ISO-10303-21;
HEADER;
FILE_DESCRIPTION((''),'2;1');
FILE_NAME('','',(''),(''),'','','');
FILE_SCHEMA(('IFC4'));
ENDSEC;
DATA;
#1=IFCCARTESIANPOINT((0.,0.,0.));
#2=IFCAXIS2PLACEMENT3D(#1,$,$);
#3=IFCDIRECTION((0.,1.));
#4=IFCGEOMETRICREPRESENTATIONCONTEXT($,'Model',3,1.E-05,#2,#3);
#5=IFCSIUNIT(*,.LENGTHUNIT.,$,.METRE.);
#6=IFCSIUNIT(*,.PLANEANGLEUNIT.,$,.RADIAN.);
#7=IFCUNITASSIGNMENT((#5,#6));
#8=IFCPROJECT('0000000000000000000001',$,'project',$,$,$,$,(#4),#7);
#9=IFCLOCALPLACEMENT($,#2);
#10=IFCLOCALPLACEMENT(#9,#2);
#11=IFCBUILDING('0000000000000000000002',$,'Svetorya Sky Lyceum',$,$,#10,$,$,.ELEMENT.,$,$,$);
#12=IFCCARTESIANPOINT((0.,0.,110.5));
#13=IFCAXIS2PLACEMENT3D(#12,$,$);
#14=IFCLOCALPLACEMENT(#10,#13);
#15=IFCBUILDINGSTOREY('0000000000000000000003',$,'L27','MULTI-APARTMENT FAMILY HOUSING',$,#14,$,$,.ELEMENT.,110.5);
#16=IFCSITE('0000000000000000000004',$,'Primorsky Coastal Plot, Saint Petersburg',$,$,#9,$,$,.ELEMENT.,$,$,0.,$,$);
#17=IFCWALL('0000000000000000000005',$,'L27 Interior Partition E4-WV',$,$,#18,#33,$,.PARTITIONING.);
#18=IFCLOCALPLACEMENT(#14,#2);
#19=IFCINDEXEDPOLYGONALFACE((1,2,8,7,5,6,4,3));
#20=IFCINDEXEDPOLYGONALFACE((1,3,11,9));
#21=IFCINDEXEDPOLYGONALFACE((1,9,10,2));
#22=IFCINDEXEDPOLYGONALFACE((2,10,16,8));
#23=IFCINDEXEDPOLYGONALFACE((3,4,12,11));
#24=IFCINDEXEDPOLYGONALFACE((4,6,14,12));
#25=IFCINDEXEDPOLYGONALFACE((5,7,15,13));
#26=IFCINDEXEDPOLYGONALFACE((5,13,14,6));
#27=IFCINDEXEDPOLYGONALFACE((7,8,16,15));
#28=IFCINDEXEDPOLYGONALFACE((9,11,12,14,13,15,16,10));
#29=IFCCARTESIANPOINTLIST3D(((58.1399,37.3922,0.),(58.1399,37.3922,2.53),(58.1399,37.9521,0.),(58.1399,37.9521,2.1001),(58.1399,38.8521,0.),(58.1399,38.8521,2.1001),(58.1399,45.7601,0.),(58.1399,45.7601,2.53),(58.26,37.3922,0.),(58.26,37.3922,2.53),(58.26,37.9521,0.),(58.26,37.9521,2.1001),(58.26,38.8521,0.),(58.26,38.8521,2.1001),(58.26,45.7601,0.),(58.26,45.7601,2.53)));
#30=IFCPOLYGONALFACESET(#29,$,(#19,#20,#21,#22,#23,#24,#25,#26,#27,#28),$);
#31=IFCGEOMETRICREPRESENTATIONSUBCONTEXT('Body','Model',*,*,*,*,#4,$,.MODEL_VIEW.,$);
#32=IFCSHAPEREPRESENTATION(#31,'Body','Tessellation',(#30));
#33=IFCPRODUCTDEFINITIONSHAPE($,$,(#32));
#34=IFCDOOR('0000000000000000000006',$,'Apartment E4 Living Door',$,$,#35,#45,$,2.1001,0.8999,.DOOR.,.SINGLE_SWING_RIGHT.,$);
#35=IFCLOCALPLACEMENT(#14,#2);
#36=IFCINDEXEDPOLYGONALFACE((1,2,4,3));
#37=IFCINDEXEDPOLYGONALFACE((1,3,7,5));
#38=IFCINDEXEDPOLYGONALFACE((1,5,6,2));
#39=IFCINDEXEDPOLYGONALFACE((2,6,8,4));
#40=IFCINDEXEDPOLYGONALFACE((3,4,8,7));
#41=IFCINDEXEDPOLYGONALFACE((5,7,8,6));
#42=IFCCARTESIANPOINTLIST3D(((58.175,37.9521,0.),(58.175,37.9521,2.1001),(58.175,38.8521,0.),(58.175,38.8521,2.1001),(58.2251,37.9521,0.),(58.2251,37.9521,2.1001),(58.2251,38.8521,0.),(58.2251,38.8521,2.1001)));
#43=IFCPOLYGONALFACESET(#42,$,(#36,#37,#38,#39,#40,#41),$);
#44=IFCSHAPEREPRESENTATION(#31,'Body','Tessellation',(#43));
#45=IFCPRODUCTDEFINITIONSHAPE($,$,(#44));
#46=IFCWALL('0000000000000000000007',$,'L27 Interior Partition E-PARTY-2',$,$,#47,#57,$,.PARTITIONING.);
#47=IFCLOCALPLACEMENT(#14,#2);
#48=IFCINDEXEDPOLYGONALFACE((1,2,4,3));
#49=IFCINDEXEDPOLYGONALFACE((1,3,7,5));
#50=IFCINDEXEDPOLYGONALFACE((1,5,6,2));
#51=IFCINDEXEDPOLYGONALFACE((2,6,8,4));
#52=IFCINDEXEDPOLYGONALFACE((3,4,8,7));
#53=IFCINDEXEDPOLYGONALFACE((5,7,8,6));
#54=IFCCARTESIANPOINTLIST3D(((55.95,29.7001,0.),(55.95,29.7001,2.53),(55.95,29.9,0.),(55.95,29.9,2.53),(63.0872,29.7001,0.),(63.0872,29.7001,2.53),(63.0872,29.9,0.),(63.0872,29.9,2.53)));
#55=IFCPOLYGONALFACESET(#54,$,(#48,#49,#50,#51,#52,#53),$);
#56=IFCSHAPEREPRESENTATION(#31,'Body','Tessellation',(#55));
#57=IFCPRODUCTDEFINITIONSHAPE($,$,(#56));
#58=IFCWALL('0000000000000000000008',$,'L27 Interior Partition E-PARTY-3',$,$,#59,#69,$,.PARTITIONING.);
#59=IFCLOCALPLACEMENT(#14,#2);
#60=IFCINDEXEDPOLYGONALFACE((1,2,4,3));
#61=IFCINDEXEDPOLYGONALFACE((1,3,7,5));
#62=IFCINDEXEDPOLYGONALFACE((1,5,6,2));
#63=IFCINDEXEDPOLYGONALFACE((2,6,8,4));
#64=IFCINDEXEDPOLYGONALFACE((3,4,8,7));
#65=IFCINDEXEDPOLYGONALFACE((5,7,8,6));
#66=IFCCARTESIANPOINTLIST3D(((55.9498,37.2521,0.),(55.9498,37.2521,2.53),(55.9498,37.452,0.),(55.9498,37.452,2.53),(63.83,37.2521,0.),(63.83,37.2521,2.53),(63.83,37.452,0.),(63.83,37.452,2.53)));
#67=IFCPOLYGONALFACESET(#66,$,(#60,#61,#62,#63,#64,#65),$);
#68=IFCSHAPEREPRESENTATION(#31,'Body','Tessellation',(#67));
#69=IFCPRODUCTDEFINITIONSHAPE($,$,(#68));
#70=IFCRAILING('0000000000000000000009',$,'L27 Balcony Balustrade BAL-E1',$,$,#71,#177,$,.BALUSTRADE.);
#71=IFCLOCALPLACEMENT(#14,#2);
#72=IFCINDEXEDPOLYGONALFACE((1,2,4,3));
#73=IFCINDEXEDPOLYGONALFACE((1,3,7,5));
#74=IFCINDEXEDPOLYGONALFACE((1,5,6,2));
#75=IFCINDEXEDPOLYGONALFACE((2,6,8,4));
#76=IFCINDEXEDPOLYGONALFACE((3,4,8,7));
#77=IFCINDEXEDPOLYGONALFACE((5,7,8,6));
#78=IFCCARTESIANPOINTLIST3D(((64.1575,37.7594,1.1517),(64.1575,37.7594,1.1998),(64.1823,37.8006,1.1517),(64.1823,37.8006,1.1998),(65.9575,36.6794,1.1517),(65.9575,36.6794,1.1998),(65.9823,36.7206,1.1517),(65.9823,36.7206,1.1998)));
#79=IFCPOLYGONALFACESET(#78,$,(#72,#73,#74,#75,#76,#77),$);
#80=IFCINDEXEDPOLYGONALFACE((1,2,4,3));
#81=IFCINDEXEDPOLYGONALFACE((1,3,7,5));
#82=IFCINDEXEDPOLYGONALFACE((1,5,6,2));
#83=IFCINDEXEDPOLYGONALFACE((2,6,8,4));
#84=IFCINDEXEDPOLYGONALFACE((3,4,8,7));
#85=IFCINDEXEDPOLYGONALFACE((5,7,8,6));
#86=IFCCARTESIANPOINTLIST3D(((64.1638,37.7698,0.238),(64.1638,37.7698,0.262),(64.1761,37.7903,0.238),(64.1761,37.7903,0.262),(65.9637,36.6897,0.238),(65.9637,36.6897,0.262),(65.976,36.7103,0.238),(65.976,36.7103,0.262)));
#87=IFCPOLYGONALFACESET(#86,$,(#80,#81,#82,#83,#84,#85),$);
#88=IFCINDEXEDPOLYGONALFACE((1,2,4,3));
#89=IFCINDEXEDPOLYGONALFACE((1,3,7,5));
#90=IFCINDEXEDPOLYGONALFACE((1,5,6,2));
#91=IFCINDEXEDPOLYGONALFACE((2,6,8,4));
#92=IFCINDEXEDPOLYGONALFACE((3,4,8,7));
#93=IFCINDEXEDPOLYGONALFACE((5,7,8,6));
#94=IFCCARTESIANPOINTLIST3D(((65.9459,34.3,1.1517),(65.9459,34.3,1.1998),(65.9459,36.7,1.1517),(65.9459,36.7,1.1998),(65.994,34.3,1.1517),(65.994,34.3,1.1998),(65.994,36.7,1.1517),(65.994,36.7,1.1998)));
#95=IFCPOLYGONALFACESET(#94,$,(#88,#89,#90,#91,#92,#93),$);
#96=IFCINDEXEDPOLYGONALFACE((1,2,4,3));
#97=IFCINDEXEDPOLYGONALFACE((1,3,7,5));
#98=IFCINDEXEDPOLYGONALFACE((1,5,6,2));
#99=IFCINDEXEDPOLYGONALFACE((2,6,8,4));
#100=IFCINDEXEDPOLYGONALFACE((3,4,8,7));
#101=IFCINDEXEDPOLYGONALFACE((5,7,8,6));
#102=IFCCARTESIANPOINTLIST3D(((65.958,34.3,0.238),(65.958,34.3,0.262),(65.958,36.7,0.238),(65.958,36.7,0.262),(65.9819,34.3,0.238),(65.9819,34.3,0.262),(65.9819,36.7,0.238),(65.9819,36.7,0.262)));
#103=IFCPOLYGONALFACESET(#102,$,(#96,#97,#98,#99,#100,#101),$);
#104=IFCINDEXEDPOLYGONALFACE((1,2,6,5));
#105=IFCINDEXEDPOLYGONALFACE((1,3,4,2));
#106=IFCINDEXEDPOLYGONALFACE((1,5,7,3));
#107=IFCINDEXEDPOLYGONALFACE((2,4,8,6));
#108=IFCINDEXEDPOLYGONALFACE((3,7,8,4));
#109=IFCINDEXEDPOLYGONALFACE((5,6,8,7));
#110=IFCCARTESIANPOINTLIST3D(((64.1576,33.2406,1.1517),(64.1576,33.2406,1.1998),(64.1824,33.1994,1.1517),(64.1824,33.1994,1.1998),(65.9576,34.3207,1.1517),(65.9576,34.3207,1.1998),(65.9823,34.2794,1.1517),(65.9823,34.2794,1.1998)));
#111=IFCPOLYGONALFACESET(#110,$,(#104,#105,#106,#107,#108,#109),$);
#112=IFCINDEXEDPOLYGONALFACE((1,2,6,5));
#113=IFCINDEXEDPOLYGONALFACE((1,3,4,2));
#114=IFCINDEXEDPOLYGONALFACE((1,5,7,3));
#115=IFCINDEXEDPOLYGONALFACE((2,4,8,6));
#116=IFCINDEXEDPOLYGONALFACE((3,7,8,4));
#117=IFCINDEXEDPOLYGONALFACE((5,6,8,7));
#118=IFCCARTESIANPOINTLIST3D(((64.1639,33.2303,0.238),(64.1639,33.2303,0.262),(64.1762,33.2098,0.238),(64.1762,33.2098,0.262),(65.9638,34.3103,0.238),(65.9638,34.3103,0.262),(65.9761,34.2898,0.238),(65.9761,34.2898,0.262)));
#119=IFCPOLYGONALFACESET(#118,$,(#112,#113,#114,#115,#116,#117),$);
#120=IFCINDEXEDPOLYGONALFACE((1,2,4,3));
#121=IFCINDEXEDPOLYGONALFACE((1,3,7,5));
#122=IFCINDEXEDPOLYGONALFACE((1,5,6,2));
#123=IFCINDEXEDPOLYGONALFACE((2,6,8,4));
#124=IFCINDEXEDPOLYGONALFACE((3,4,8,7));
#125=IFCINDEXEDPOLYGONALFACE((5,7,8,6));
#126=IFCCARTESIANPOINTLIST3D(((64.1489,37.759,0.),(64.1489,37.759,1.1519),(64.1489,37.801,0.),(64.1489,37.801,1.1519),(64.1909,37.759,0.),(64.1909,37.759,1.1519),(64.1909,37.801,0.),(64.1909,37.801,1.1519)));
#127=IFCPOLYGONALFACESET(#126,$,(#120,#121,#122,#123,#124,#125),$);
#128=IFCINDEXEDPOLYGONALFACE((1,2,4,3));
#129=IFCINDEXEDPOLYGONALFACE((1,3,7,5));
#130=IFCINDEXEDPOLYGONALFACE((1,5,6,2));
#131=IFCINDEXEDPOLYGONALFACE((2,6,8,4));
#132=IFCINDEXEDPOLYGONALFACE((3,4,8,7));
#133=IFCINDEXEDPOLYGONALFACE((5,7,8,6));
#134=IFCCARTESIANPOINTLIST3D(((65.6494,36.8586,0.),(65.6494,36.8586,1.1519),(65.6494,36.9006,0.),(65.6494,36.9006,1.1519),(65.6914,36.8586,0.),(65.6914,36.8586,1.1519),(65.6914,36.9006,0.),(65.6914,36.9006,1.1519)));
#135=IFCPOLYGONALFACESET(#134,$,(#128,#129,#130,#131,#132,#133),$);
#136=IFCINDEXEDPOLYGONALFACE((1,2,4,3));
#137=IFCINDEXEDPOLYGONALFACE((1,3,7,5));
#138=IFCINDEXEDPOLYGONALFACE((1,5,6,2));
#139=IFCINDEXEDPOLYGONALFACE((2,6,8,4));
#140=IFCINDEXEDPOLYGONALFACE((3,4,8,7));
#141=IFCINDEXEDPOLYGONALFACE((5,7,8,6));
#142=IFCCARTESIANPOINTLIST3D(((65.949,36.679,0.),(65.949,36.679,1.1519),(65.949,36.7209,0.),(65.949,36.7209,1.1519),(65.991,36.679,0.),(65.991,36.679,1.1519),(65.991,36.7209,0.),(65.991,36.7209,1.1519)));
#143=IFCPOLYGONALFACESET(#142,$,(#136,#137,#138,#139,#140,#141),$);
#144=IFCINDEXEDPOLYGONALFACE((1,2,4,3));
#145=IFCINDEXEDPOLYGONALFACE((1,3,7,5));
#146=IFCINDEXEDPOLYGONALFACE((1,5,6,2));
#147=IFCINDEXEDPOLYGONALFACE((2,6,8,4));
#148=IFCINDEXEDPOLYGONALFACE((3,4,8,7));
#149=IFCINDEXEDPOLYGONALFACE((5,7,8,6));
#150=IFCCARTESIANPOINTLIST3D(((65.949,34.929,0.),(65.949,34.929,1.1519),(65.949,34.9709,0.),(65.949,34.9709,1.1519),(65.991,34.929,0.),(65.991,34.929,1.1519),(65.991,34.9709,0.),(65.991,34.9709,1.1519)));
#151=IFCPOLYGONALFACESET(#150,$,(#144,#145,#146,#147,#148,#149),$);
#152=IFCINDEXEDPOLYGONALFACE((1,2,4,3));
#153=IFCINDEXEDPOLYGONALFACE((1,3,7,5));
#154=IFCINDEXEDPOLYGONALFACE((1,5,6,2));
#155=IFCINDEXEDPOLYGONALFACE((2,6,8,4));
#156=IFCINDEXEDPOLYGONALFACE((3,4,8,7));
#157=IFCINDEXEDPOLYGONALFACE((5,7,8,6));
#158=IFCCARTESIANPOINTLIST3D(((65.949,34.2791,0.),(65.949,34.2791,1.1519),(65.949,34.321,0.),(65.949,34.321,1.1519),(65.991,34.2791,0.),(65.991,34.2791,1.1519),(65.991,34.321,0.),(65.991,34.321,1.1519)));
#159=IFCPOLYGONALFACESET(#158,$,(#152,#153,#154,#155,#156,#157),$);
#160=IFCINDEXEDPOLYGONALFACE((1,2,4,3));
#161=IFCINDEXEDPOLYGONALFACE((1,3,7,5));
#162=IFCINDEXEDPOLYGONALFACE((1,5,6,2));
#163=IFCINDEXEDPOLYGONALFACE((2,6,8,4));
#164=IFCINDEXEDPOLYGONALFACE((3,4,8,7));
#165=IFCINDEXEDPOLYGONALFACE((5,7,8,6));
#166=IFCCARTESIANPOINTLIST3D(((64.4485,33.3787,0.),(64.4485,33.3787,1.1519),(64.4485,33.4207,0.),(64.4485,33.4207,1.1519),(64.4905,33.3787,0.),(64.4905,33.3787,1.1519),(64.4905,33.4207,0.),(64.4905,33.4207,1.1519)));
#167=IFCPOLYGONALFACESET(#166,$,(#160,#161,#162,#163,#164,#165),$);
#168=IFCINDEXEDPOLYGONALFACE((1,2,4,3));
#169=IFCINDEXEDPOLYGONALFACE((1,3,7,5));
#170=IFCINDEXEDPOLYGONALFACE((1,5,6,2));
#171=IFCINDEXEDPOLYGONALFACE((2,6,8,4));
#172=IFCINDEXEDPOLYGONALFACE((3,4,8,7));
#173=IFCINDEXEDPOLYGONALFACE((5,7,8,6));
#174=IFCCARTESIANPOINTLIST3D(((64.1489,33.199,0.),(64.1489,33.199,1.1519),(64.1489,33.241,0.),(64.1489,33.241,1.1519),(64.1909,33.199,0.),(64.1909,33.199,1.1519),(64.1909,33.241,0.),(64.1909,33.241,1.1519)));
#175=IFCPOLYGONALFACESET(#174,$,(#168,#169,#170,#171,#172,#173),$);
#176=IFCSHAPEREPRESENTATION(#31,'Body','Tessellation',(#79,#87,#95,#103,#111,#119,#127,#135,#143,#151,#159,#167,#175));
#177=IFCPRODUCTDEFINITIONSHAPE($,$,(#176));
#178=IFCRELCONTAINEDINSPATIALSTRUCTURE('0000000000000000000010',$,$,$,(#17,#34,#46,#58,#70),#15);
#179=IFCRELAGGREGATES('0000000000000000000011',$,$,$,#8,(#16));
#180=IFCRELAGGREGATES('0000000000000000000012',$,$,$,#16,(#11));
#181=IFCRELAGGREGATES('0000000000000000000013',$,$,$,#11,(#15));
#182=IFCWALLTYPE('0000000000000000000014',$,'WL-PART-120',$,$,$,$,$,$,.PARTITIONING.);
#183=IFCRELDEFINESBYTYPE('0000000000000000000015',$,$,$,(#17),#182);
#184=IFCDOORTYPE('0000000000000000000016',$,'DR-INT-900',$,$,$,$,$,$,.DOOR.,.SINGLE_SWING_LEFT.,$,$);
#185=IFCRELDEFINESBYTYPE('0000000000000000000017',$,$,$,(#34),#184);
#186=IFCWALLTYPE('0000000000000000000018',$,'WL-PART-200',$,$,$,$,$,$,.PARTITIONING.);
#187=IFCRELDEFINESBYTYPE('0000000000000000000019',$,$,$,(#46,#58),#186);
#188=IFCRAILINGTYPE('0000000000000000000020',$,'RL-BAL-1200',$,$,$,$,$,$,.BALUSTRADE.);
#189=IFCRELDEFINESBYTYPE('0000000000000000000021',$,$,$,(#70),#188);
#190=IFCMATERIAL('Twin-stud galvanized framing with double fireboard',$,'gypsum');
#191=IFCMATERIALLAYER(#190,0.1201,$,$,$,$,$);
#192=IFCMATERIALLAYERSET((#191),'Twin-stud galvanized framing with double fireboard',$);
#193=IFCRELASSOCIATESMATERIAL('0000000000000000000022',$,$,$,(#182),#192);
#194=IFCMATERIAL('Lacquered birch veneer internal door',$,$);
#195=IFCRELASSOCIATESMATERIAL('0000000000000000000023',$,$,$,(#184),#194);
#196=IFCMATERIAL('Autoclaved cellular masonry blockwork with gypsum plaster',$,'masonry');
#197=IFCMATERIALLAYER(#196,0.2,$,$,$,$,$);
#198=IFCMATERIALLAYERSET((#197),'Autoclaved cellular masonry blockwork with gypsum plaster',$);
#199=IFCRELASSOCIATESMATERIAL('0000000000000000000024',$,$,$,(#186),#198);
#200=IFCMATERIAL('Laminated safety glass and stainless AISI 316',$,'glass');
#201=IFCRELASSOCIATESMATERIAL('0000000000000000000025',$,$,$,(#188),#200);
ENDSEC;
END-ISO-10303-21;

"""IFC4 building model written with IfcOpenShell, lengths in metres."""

from ifc_helpers import new_model, si_unit, direction, frame, frame_2d, origin, origin_2d, place, context, subcontext, project, spatial, rectangle, extrude, material, layer, layer_set, type_object, element, fill, save


model = new_model("IFC4")

# Units and contexts
model_context = context("Model", 3, precision=1e-05, world=origin(), true_north=direction((0.0, 1.0)))
body_context = subcontext(model_context, "Body", "Model", "MODEL_VIEW")
ifc_project = project(units=[si_unit("LENGTHUNIT", "METRE"), si_unit("PLANEANGLEUNIT", "RADIAN")], contexts=[model_context])

# Site, building, storey
site_placement = place(None, origin())
site = spatial("IfcSite", under=ifc_project, at=site_placement, Name="Primorsky Coastal Plot, Saint Petersburg", CompositionType="ELEMENT", RefElevation=0.0)
building_placement = place(site_placement, origin())
building = spatial("IfcBuilding", under=site, at=building_placement, Name="Svetorya Sky Lyceum", CompositionType="ELEMENT")
storey_placement = place(building_placement, frame((0.0, 0.0, 110.5)))
storey = spatial("IfcBuildingStorey", under=building, at=storey_placement, Name="L27", Description="MULTI-APARTMENT FAMILY HOUSING", CompositionType="ELEMENT", Elevation=110.5)

# Wall, opening, door
ifc_material_1 = material(Name="Twin-stud galvanized framing with double fireboard", Category="gypsum")
ifc_layer_1 = layer(ifc_material_1, 0.1201)
ifc_layer_set_1 = layer_set([ifc_layer_1], Name="Twin-stud galvanized framing with double fireboard")
wall_type_1 = type_object("IfcWallType", Name="WL-PART-120", PredefinedType="PARTITIONING", material=ifc_layer_set_1)
ifc_material_2 = material(Name="Lacquered birch veneer internal door")
door_type_1 = type_object("IfcDoorType", Name="DR-INT-900", OperationType="SINGLE_SWING_LEFT", PredefinedType="DOOR", material=ifc_material_2)
wall_1_placement = place(storey_placement, frame((58.2, 37.3921, 0.0), z_axis=(0.0, 0.0, 1.0), x_axis=(0.0, 1.0, 0.0)))
wall_1 = element("IfcWall", 1, at=wall_1_placement, inside=storey, type_object=wall_type_1, Name="L27 Interior Partition E4-WV", PredefinedType="PARTITIONING", context=body_context, shape_type="SweptSolid", body=[
    extrude(rectangle(XDim=8.3679, YDim=0.1201, at=frame_2d((4.1841, 0.0))), origin(), (0.0, 0.0, 1.0), 2.53),
])
opening_1_placement = place(wall_1_placement, frame((0.5601, 0.0, 0.0)))
opening_1 = element("IfcOpeningElement", 2, at=opening_1_placement, cuts=wall_1, PredefinedType="OPENING", context=body_context, shape_type="SweptSolid", body=[
    extrude(rectangle(XDim=0.8999, YDim=2.1001, at=frame_2d((0.45, 1.05))), frame((0.0, 0.0701, 0.0), z_axis=(0.0, -1.0, 0.0), x_axis=(1.0, 0.0, 0.0)), (0.0, 0.0, 1.0), 0.1401),
])
door_1_placement = place(opening_1_placement, origin())
door_1 = element("IfcDoor", 3, at=door_1_placement, inside=storey, type_object=door_type_1, Name="Apartment E4 Living Door", OperationType="SINGLE_SWING_RIGHT", OverallHeight=2.1001, OverallWidth=0.8999, PredefinedType="DOOR", context=body_context, shape_type="SweptSolid", body=[
    extrude(rectangle(XDim=0.8999, YDim=2.1001, at=frame_2d((0.45, 1.05))), frame((0.0, 0.0249, 0.0), z_axis=(0.0, -1.0, 0.0), x_axis=(1.0, 0.0, 0.0)), (0.0, 0.0, 1.0), 0.05),
])
fill(opening_1, door_1)

# Walls
ifc_material_3 = material(Name="Autoclaved cellular masonry blockwork with gypsum plaster", Category="masonry")
ifc_layer_2 = layer(ifc_material_3, 0.2)
ifc_layer_set_2 = layer_set([ifc_layer_2], Name="Autoclaved cellular masonry blockwork with gypsum plaster")
wall_type_2 = type_object("IfcWallType", Name="WL-PART-200", PredefinedType="PARTITIONING", material=ifc_layer_set_2)
wall_2_placement = place(storey_placement, frame((55.95, 29.8, 0.0), z_axis=(0.0, 0.0, 1.0), x_axis=(1.0, 0.0, 0.0)))
element("IfcWall", 4, at=wall_2_placement, inside=storey, type_object=wall_type_2, Name="L27 Interior Partition E-PARTY-2", PredefinedType="PARTITIONING", context=body_context, shape_type="SweptSolid", body=[
    extrude(rectangle(XDim=7.1372, YDim=0.2, at=frame_2d((3.5686, 0.0))), origin(), (0.0, 0.0, 1.0), 2.53),
])
wall_3_placement = place(storey_placement, frame((55.95, 37.3521, 0.0), z_axis=(0.0, 0.0, 1.0), x_axis=(1.0, 0.0, 0.0)))
element("IfcWall", 5, at=wall_3_placement, inside=storey, type_object=wall_type_2, Name="L27 Interior Partition E-PARTY-3", PredefinedType="PARTITIONING", context=body_context, shape_type="SweptSolid", body=[
    extrude(rectangle(XDim=7.8801, YDim=0.2, at=frame_2d((3.9399, 0.0))), origin(), (0.0, 0.0, 1.0), 2.53),
])

# Railing
ifc_material_4 = material(Name="Laminated safety glass and stainless AISI 316", Category="glass")
railing_type = type_object("IfcRailingType", Name="RL-BAL-1200", PredefinedType="BALUSTRADE", material=ifc_material_4)
railing_placement = place(storey_placement, frame((64.1699, 37.78, 0.0)))
element("IfcRailing", 6, at=railing_placement, inside=storey, type_object=railing_type, Name="L27 Balcony Balustrade BAL-E1", PredefinedType="BALUSTRADE", context=body_context, shape_type="SweptSolid", body=[
    extrude(rectangle(XDim=0.0481, YDim=0.0481, at=origin_2d()), frame((0.0, 0.0, 1.1758), z_axis=(0.857483, -0.514513, 0.0), x_axis=(0.514513, 0.857483, 0.0)), (0.0, 0.0, 1.0), 2.0991),
    extrude(rectangle(XDim=0.0239, YDim=0.0239, at=origin_2d()), frame((0.0, 0.0, 0.25), z_axis=(0.857483, -0.514513, 0.0), x_axis=(0.514513, 0.857483, 0.0)), (0.0, 0.0, 1.0), 2.0991),
    extrude(rectangle(XDim=0.0481, YDim=0.0481, at=origin_2d()), frame((1.8, -1.0801, 1.1758), z_axis=(0.0, -1.0, 0.0), x_axis=(1.0, 0.0, 0.0)), (0.0, 0.0, 1.0), 2.3999),
    extrude(rectangle(XDim=0.0239, YDim=0.0239, at=origin_2d()), frame((1.8, -1.0801, 0.25), z_axis=(0.0, -1.0, 0.0), x_axis=(1.0, 0.0, 0.0)), (0.0, 0.0, 1.0), 2.3999),
    extrude(rectangle(XDim=0.0481, YDim=0.0481, at=origin_2d()), frame((1.8, -3.48, 1.1758), z_axis=(-0.857483, -0.514513, 0.0), x_axis=(0.514513, -0.857483, 0.0)), (0.0, 0.0, 1.0), 2.0991),
    extrude(rectangle(XDim=0.0239, YDim=0.0239, at=origin_2d()), frame((1.8, -3.48, 0.25), z_axis=(-0.857483, -0.514513, 0.0), x_axis=(0.514513, -0.857483, 0.0)), (0.0, 0.0, 1.0), 2.0991),
    extrude(rectangle(XDim=0.042, YDim=0.042, at=origin_2d()), origin(), (0.0, 0.0, 1.0), 1.1519),
    extrude(rectangle(XDim=0.042, YDim=0.042, at=origin_2d()), frame((1.5005, -0.9004, 0.0)), (0.0, 0.0, 1.0), 1.1519),
    extrude(rectangle(XDim=0.042, YDim=0.042, at=origin_2d()), frame((1.8, -1.0801, 0.0)), (0.0, 0.0, 1.0), 1.1519),
    extrude(rectangle(XDim=0.042, YDim=0.042, at=origin_2d()), frame((1.8, -2.8301, 0.0)), (0.0, 0.0, 1.0), 1.1519),
    extrude(rectangle(XDim=0.042, YDim=0.042, at=origin_2d()), frame((1.8, -3.48, 0.0)), (0.0, 0.0, 1.0), 1.1519),
    extrude(rectangle(XDim=0.042, YDim=0.042, at=origin_2d()), frame((0.2996, -4.3804, 0.0)), (0.0, 0.0, 1.0), 1.1519),
    extrude(rectangle(XDim=0.042, YDim=0.042, at=origin_2d()), frame((0.0, -4.5601, 0.0)), (0.0, 0.0, 1.0), 1.1519),
])

save(model, "model.ifc")
